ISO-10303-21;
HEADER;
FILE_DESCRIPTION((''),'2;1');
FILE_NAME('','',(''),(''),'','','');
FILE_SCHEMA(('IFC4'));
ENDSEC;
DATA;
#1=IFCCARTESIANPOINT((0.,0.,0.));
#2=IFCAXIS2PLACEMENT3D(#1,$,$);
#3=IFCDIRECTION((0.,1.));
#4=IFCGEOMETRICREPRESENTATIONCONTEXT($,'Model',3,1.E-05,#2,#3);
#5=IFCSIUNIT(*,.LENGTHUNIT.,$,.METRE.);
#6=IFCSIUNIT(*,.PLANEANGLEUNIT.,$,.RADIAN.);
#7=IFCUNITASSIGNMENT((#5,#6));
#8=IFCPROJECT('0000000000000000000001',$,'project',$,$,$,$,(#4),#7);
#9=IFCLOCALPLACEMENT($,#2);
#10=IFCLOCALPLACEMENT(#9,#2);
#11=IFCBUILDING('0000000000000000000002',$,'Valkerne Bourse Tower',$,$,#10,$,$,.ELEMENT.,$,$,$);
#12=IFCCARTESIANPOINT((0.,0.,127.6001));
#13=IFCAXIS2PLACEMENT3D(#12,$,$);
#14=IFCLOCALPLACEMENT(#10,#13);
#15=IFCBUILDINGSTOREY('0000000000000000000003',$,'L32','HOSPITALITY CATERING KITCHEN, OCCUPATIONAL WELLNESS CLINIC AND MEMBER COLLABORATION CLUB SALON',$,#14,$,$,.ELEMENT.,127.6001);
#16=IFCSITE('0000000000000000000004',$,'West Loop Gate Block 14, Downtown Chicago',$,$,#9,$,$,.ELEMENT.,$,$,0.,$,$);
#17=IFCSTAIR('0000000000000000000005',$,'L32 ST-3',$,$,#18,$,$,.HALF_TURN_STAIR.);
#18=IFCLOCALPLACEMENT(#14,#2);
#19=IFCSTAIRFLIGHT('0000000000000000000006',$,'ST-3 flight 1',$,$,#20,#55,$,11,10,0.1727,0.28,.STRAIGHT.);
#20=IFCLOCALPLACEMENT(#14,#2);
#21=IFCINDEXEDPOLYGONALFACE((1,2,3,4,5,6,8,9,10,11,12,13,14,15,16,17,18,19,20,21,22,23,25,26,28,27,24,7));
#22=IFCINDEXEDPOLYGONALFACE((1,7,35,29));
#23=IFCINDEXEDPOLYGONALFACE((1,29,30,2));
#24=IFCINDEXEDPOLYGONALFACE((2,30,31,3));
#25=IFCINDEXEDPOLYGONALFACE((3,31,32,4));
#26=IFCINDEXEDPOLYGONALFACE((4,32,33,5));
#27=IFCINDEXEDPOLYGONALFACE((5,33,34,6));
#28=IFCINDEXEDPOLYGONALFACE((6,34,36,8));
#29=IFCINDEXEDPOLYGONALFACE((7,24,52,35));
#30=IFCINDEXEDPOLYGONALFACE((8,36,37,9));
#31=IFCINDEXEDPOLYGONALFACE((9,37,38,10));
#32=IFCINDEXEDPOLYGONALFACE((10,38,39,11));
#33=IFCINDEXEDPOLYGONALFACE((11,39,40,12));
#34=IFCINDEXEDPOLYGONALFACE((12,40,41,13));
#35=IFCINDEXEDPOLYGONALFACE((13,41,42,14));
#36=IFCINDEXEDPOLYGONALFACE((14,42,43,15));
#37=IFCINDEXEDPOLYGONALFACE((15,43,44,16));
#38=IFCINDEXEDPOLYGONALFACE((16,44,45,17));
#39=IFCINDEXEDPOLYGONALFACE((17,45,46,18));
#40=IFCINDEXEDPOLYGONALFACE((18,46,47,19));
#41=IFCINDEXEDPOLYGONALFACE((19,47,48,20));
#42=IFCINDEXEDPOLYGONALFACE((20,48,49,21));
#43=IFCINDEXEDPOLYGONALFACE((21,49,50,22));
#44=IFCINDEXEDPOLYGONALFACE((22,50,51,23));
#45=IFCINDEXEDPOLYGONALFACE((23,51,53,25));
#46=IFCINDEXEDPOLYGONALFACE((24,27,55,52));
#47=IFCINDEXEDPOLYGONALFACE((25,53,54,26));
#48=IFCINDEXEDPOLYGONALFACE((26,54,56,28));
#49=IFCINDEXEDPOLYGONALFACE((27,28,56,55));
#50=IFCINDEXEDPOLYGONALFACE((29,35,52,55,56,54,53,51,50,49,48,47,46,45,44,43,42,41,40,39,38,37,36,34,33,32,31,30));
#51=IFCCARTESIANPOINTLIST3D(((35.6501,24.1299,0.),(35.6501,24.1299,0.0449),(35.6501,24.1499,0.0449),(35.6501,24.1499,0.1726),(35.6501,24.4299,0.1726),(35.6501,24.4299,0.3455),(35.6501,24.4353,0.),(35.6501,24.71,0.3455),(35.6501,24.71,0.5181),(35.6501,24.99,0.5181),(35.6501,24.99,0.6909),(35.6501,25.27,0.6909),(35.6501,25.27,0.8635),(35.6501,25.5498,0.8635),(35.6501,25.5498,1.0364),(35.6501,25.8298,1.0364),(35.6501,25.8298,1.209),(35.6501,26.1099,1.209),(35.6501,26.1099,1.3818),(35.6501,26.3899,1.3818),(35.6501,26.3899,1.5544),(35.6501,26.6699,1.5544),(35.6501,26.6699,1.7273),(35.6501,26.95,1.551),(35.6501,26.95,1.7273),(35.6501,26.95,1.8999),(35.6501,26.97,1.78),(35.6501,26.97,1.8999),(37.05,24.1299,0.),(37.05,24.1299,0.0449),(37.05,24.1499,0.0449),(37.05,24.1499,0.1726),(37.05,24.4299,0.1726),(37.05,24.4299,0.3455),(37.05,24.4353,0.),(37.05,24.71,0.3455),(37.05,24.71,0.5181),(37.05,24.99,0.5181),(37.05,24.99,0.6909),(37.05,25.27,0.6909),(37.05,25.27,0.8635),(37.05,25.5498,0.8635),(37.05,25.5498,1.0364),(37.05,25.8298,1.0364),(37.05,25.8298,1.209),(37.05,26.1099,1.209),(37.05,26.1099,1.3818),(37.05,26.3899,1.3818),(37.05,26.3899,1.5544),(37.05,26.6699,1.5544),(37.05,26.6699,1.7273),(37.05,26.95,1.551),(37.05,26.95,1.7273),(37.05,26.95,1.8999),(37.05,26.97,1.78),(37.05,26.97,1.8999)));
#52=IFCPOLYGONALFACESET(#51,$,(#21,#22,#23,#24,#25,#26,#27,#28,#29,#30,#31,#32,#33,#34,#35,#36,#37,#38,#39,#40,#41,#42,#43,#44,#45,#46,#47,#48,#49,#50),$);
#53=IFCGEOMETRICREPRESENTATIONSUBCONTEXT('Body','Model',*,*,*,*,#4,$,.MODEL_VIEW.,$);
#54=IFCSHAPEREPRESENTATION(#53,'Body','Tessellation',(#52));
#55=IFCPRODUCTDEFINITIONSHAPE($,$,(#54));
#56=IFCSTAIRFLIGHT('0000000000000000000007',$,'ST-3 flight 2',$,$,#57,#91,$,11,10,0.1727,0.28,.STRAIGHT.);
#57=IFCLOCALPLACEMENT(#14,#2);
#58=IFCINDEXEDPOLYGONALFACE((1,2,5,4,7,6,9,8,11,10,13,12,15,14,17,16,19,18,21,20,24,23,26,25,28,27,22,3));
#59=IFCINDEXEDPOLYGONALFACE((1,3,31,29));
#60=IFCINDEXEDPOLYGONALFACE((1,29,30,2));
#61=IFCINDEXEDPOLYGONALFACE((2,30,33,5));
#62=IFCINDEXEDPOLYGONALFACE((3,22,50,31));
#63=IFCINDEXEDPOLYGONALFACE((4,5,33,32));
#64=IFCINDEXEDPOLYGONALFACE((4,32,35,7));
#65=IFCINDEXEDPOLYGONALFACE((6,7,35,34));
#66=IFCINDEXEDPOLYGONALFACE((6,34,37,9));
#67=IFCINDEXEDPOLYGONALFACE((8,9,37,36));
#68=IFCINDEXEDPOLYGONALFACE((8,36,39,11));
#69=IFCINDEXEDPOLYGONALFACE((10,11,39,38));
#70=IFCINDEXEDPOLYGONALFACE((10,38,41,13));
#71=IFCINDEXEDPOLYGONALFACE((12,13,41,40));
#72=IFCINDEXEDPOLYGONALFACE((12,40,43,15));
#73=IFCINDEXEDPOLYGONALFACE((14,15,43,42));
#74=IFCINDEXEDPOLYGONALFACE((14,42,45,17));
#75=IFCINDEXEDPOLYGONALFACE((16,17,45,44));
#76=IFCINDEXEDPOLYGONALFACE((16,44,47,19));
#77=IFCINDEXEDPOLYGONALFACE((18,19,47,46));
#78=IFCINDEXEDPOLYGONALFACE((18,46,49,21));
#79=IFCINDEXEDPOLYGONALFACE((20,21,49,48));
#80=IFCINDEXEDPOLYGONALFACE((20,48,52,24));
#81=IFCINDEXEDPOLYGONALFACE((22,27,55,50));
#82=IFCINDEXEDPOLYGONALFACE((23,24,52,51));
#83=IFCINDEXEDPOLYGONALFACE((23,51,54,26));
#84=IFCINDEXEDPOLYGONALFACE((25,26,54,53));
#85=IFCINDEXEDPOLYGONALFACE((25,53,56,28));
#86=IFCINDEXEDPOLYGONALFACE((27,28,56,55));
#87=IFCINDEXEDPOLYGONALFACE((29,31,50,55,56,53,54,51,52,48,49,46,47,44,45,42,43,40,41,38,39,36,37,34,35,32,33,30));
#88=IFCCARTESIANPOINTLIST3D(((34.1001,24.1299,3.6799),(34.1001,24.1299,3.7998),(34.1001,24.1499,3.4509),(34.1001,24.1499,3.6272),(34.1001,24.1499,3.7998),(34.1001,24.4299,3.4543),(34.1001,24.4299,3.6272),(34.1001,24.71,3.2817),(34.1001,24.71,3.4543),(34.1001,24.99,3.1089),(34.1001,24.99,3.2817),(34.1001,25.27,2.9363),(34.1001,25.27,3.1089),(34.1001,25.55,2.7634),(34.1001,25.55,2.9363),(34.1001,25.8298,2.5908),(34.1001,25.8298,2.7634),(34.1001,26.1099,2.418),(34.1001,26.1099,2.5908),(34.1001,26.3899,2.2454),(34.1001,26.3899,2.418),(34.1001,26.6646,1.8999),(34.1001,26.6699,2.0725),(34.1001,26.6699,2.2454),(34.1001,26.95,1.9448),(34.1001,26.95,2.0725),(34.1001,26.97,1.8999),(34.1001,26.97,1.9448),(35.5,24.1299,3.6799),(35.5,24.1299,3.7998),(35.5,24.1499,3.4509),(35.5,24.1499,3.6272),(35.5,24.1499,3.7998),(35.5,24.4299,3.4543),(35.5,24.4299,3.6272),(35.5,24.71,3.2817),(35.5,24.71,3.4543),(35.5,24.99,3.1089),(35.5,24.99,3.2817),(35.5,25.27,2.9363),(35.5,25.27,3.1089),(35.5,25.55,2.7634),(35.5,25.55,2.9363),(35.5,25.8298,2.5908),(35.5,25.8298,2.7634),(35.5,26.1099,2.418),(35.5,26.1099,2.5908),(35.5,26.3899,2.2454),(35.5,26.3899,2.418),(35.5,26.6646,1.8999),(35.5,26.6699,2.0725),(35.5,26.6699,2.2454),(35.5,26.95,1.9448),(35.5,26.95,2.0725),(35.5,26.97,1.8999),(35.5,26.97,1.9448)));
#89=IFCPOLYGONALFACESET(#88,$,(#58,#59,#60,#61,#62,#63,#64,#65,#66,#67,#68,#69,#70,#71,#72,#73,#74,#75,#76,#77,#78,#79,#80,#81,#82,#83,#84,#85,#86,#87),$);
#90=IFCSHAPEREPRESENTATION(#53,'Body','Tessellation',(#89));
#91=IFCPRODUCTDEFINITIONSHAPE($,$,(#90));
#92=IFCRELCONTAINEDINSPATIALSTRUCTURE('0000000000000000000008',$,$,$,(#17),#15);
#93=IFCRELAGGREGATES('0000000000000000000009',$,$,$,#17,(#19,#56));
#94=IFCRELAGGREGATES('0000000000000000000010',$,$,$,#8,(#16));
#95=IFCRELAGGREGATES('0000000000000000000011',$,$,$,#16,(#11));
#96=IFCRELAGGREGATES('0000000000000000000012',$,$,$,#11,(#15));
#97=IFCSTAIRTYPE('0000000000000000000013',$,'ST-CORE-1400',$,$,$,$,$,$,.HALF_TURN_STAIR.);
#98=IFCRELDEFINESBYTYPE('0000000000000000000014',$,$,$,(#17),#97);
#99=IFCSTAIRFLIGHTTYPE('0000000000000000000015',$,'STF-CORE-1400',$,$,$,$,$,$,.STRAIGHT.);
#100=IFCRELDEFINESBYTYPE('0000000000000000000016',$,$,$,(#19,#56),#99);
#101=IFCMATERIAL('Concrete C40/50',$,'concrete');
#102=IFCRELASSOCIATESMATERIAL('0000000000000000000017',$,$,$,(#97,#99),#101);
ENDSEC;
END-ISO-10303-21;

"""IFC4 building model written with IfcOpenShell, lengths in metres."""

from ifc_helpers import new_model, si_unit, direction, frame, origin, place, context, subcontext, project, spatial, polyline, outline, extrude, material, type_object, element, aggregate, save


model = new_model("IFC4")

# Units and contexts
model_context = context("Model", 3, precision=1e-05, world=origin(), true_north=direction((0.0, 1.0)))
body_context = subcontext(model_context, "Body", "Model", "MODEL_VIEW")
ifc_project = project(units=[si_unit("LENGTHUNIT", "METRE"), si_unit("PLANEANGLEUNIT", "RADIAN")], contexts=[model_context])

# Site, building, storey
site_placement = place(None, origin())
site = spatial("IfcSite", under=ifc_project, at=site_placement, Name="West Loop Gate Block 14, Downtown Chicago", CompositionType="ELEMENT", RefElevation=0.0)
building_placement = place(site_placement, origin())
building = spatial("IfcBuilding", under=site, at=building_placement, Name="Valkerne Bourse Tower", CompositionType="ELEMENT")
storey_placement = place(building_placement, frame((0.0, 0.0, 127.6001)))
storey = spatial("IfcBuildingStorey", under=building, at=storey_placement, Name="L32", Description="HOSPITALITY CATERING KITCHEN, OCCUPATIONAL WELLNESS CLINIC AND MEMBER COLLABORATION CLUB SALON", CompositionType="ELEMENT", Elevation=127.6001)

# Shared definitions
ifc_material_1 = material(Name="Concrete C40/50", Category="concrete")

# Stair, stair flights
stair_type = type_object("IfcStairType", Name="ST-CORE-1400", PredefinedType="HALF_TURN_STAIR", material=ifc_material_1)
stair_placement = place(storey_placement, origin())
stair = element("IfcStair", 1, at=stair_placement, inside=storey, type_object=stair_type, Name="L32 ST-3", PredefinedType="HALF_TURN_STAIR")
stair_flight_type = type_object("IfcStairFlightType", Name="STF-CORE-1400", PredefinedType="STRAIGHT", material=ifc_material_1)
stair_flight_1_placement = place(storey_placement, frame((36.3501, 24.1499, 0.0), z_axis=(0.0, 0.0, 1.0), x_axis=(0.0, 1.0, 0.0)))
stair_flight_1 = element("IfcStairFlight", 2, at=stair_flight_1_placement, type_object=stair_flight_type, Name="ST-3 flight 1", NumberOfRisers=11, NumberOfTreads=10, PredefinedType="STRAIGHT", RiserHeight=0.1727, TreadLength=0.28, context=body_context, shape_type="SweptSolid", body=[
    extrude(outline(polyline([(-0.02, 0.0), (-0.02, 0.0449), (0.0, 0.0449), (0.0, 0.1726), (0.28, 0.1726), (0.28, 0.3455), (0.5601, 0.3455), (0.5601, 0.5181), (0.8401, 0.5181), (0.8401, 0.6909), (1.1201, 0.6909), (1.1201, 0.8635), (1.3999, 0.8635), (1.3999, 1.0364), (1.6799, 1.0364), (1.6799, 1.209), (1.96, 1.209), (1.96, 1.3818), (2.24, 1.3818), (2.24, 1.5544), (2.52, 1.5544), (2.52, 1.7273), (2.8, 1.7273), (2.8, 1.8999), (2.8201, 1.8999), (2.8201, 1.78), (2.8, 1.551), (0.2854, 0.0), (-0.02, 0.0)])), frame((0.0, 0.7, 0.0), z_axis=(0.0, -1.0, 0.0), x_axis=(1.0, 0.0, 0.0)), (0.0, 0.0, 1.0), 1.3999),
])
stair_flight_2_placement = place(storey_placement, frame((34.8, 26.95, 1.8999), z_axis=(0.0, 0.0, 1.0), x_axis=(0.0, -1.0, 0.0)))
stair_flight_2 = element("IfcStairFlight", 3, at=stair_flight_2_placement, type_object=stair_flight_type, Name="ST-3 flight 2", NumberOfRisers=11, NumberOfTreads=10, PredefinedType="STRAIGHT", RiserHeight=0.1727, TreadLength=0.28, context=body_context, shape_type="SweptSolid", body=[
    extrude(outline(polyline([(-0.02, 0.0), (-0.02, 0.0449), (0.0, 0.0449), (0.0, 0.1726), (0.28, 0.1726), (0.28, 0.3455), (0.5601, 0.3455), (0.5601, 0.5181), (0.8401, 0.5181), (0.8401, 0.6909), (1.1201, 0.6909), (1.1201, 0.8635), (1.3999, 0.8635), (1.3999, 1.0364), (1.6799, 1.0364), (1.6799, 1.209), (1.96, 1.209), (1.96, 1.3818), (2.24, 1.3818), (2.24, 1.5544), (2.52, 1.5544), (2.52, 1.7273), (2.8, 1.7273), (2.8, 1.8999), (2.8201, 1.8999), (2.8201, 1.78), (2.8, 1.551), (0.2854, 0.0), (-0.02, 0.0)])), frame((0.0, 0.7, 0.0), z_axis=(0.0, -1.0, 0.0), x_axis=(1.0, 0.0, 0.0)), (0.0, 0.0, 1.0), 1.3999),
])
aggregate(stair, [stair_flight_1, stair_flight_2])

save(model, "model.ifc")
